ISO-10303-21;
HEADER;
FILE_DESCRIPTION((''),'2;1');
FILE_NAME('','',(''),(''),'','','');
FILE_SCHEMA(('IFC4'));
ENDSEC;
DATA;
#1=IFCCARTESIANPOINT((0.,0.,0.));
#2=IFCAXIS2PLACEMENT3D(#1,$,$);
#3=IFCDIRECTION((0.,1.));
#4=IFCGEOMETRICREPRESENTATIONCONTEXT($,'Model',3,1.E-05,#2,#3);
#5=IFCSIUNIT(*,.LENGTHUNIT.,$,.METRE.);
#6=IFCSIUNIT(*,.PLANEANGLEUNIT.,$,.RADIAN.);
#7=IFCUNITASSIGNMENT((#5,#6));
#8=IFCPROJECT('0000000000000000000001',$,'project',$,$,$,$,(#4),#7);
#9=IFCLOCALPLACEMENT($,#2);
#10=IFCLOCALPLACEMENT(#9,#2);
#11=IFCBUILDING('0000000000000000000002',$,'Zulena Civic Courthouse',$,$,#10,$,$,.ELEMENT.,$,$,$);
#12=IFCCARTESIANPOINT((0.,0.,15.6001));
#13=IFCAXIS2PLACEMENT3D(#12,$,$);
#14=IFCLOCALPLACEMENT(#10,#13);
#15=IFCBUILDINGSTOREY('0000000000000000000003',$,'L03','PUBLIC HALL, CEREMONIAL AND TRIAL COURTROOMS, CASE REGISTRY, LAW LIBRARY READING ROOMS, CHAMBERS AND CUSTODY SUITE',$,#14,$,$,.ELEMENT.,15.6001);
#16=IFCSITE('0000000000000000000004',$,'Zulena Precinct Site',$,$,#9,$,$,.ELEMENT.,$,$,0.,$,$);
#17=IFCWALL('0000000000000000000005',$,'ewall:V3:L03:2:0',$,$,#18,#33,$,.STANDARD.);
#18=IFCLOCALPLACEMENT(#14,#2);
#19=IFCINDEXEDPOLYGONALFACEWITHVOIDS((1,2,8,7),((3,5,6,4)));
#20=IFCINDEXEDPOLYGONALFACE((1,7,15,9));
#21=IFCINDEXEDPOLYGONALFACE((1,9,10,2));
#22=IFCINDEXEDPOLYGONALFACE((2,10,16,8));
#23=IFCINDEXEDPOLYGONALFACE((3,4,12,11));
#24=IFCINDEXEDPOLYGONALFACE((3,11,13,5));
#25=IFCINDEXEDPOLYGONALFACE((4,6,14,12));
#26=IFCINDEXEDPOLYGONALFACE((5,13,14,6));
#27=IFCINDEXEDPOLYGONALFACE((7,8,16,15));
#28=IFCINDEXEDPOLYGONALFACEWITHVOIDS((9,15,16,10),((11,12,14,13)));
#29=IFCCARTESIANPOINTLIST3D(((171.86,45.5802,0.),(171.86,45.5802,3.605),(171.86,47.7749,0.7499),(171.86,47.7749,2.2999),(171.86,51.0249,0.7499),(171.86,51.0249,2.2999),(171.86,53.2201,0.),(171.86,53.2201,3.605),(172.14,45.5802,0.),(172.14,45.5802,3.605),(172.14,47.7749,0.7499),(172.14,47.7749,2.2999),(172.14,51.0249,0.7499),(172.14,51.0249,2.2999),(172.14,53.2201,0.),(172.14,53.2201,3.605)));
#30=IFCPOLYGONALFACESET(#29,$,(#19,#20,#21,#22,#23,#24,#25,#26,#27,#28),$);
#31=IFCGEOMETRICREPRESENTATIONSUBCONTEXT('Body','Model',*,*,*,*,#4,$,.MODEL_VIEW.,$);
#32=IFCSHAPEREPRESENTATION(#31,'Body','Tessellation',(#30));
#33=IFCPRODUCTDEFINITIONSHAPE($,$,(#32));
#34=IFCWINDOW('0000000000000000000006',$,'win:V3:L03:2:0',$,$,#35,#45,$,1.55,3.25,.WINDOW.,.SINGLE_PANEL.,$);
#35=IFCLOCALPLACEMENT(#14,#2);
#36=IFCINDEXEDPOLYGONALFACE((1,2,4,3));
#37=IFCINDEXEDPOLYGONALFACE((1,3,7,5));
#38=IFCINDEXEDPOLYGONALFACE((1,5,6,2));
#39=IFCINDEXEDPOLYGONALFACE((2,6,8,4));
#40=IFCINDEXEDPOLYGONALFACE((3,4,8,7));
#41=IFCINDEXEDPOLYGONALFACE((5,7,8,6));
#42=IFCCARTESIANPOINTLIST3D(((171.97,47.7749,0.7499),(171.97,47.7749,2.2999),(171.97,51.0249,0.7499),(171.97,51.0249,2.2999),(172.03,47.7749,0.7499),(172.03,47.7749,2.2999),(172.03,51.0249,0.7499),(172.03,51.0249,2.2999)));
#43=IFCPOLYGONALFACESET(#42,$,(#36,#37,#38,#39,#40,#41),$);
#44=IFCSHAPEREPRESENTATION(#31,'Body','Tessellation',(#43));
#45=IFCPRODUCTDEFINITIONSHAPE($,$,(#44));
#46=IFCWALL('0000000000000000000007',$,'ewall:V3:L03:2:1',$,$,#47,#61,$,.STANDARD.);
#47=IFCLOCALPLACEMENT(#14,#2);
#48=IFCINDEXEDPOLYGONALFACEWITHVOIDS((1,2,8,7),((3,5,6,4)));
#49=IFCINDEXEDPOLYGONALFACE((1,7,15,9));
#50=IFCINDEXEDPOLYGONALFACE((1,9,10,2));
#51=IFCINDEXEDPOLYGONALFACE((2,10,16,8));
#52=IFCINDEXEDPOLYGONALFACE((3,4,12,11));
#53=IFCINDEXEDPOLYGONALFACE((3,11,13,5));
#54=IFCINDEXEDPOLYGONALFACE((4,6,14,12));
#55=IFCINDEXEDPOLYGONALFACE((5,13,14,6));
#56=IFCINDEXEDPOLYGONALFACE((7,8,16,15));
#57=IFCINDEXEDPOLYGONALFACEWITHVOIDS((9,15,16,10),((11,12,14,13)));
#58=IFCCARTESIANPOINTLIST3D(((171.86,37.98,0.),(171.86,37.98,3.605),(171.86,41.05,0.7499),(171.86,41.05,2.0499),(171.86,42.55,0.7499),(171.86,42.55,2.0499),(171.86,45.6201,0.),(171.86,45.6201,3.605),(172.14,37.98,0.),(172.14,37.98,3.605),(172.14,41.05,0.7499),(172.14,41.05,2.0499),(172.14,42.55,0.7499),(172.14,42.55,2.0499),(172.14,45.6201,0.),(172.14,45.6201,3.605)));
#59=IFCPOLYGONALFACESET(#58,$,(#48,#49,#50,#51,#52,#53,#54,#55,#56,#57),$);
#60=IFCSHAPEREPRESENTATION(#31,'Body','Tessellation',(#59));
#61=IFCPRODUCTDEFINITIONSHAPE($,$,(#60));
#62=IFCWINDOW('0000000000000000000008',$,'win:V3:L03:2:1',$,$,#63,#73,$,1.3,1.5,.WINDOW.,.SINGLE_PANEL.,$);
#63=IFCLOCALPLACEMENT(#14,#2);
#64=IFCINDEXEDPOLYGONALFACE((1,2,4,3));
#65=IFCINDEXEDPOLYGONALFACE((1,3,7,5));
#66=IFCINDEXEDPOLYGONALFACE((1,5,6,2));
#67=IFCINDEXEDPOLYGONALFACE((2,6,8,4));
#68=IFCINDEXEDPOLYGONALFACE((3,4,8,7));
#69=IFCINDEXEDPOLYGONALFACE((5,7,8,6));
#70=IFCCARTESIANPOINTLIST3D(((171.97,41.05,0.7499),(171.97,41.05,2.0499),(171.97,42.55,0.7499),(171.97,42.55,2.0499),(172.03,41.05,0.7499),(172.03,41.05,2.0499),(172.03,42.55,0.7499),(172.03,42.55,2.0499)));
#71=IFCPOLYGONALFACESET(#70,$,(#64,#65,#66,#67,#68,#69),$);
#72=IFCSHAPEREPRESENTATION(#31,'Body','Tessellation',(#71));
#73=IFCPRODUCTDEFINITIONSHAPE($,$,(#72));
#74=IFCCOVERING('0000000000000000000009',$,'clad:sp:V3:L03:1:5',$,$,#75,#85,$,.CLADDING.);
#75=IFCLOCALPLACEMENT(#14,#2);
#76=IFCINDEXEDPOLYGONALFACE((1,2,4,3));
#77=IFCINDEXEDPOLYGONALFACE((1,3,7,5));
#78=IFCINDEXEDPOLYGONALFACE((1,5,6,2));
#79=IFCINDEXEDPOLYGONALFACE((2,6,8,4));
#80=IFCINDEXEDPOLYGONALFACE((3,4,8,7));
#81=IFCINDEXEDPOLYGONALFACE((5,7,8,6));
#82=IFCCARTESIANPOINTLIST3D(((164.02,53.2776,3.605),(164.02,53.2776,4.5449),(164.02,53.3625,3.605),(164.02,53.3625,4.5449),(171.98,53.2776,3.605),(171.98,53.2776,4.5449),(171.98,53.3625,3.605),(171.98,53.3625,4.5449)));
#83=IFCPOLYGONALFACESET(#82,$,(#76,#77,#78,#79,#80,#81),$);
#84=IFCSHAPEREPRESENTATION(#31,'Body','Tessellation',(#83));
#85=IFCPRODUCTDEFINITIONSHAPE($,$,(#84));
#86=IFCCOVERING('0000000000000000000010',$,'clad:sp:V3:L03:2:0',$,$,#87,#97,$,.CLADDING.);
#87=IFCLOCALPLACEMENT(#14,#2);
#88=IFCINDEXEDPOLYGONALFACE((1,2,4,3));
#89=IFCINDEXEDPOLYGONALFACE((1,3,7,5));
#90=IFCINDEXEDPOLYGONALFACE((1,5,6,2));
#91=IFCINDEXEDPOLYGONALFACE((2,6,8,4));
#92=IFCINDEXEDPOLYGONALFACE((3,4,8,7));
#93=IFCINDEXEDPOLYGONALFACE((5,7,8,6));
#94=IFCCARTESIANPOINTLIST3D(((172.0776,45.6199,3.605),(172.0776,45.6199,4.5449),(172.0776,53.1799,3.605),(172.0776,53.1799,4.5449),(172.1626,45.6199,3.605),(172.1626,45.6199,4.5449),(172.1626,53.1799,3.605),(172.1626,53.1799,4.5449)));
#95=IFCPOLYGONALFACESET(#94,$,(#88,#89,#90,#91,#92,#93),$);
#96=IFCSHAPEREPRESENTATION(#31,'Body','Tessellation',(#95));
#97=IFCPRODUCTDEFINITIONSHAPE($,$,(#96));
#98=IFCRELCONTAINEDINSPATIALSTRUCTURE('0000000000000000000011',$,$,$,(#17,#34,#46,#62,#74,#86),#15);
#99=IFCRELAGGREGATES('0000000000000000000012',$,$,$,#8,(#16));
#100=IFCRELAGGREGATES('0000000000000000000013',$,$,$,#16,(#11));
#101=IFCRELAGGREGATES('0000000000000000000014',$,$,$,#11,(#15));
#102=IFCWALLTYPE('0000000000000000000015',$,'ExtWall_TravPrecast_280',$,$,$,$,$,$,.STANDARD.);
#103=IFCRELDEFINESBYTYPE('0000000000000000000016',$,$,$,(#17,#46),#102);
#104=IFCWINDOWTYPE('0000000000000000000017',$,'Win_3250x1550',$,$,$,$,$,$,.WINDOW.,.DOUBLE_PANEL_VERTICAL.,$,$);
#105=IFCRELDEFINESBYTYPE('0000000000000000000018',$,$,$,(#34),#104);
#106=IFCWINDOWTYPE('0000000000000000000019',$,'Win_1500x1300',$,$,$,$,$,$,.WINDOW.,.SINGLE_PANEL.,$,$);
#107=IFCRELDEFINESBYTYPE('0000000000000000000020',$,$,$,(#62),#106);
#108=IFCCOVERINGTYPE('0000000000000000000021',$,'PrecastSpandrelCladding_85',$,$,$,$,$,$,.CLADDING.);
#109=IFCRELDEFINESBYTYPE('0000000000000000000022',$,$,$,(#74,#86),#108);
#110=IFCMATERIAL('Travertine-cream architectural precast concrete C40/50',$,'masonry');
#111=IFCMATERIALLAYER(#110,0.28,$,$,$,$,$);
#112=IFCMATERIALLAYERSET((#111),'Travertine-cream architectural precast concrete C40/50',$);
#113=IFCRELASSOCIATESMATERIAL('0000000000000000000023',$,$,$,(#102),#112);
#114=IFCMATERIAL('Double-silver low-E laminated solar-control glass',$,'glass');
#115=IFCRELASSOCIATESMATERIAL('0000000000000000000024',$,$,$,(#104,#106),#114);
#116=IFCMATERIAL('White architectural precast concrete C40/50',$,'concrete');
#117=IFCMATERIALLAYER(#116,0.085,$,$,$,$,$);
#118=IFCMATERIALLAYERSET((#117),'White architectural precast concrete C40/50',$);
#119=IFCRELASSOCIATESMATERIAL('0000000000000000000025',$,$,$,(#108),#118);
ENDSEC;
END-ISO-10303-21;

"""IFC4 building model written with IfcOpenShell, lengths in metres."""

from ifc_helpers import new_model, si_unit, direction, frame, frame_2d, origin, origin_2d, place, context, subcontext, project, spatial, rectangle, extrude, material, layer, layer_set, type_object, element, fill, save


model = new_model("IFC4")

# Units and contexts
model_context = context("Model", 3, precision=1e-05, world=origin(), true_north=direction((0.0, 1.0)))
body_context = subcontext(model_context, "Body", "Model", "MODEL_VIEW")
ifc_project = project(units=[si_unit("LENGTHUNIT", "METRE"), si_unit("PLANEANGLEUNIT", "RADIAN")], contexts=[model_context])

# Site, building, storey
site_placement = place(None, origin())
site = spatial("IfcSite", under=ifc_project, at=site_placement, Name="Zulena Precinct Site", CompositionType="ELEMENT", RefElevation=0.0)
building_placement = place(site_placement, origin())
building = spatial("IfcBuilding", under=site, at=building_placement, Name="Zulena Civic Courthouse", CompositionType="ELEMENT")
storey_placement = place(building_placement, frame((0.0, 0.0, 15.6001)))
storey = spatial("IfcBuildingStorey", under=building, at=storey_placement, Name="L03", Description="PUBLIC HALL, CEREMONIAL AND TRIAL COURTROOMS, CASE REGISTRY, LAW LIBRARY READING ROOMS, CHAMBERS AND CUSTODY SUITE", CompositionType="ELEMENT", Elevation=15.6001)

# Walls, openings, windows
ifc_material_1 = material(Name="Travertine-cream architectural precast concrete C40/50", Category="masonry")
ifc_layer_1 = layer(ifc_material_1, 0.28)
ifc_layer_set_1 = layer_set([ifc_layer_1], Name="Travertine-cream architectural precast concrete C40/50")
wall_type_1 = type_object("IfcWallType", Name="ExtWall_TravPrecast_280", PredefinedType="STANDARD", material=ifc_layer_set_1)
ifc_material_2 = material(Name="Double-silver low-E laminated solar-control glass", Category="glass")
wall_1_placement = place(storey_placement, frame((172.0, 53.22, 0.0), z_axis=(0.0, 0.0, 1.0), x_axis=(0.0, -1.0, 0.0)))
wall_1 = element("IfcWall", 1, at=wall_1_placement, inside=storey, type_object=wall_type_1, Name="ewall:V3:L03:2:0", PredefinedType="STANDARD", context=body_context, shape_type="SweptSolid", body=[
    extrude(rectangle(XDim=7.6399, YDim=0.28, at=frame_2d((3.8198, 0.0))), origin(), (0.0, 0.0, 1.0), 3.605),
])
opening_1_placement = place(wall_1_placement, frame((2.1951, 0.0, 0.75)))
opening_1 = element("IfcOpeningElement", 2, at=opening_1_placement, cuts=wall_1, PredefinedType="OPENING", context=body_context, shape_type="SweptSolid", body=[
    extrude(rectangle(XDim=3.25, YDim=1.55, at=frame_2d((1.625, 0.7749))), frame((0.0, 0.1499, 0.0), z_axis=(0.0, -1.0, 0.0), x_axis=(1.0, 0.0, 0.0)), (0.0, 0.0, 1.0), 0.3),
])
window_type_1 = type_object("IfcWindowType", Name="Win_3250x1550", PartitioningType="DOUBLE_PANEL_VERTICAL", PredefinedType="WINDOW", material=ifc_material_2)
window_1_placement = place(opening_1_placement, origin())
window_1 = element("IfcWindow", 3, at=window_1_placement, inside=storey, type_object=window_type_1, Name="win:V3:L03:2:0", OverallHeight=1.55, OverallWidth=3.25, PartitioningType="SINGLE_PANEL", PredefinedType="WINDOW", context=body_context, shape_type="SweptSolid", body=[
    extrude(rectangle(XDim=3.25, YDim=1.55, at=frame_2d((1.625, 0.7749))), frame((0.0, 0.03, 0.0), z_axis=(0.0, -1.0, 0.0), x_axis=(1.0, 0.0, 0.0)), (0.0, 0.0, 1.0), 0.0601),
])
fill(opening_1, window_1)
wall_2_placement = place(storey_placement, frame((172.0, 45.6201, 0.0), z_axis=(0.0, 0.0, 1.0), x_axis=(0.0, -1.0, 0.0)))
wall_2 = element("IfcWall", 4, at=wall_2_placement, inside=storey, type_object=wall_type_1, Name="ewall:V3:L03:2:1", PredefinedType="STANDARD", context=body_context, shape_type="SweptSolid", body=[
    extrude(rectangle(XDim=7.6401, YDim=0.28, at=frame_2d((3.8201, 0.0))), origin(), (0.0, 0.0, 1.0), 3.605),
])
opening_2_placement = place(wall_2_placement, frame((3.0701, 0.0, 0.75)))
opening_2 = element("IfcOpeningElement", 5, at=opening_2_placement, cuts=wall_2, PredefinedType="OPENING", context=body_context, shape_type="SweptSolid", body=[
    extrude(rectangle(XDim=1.5, YDim=1.3, at=frame_2d((0.75, 0.6499))), frame((0.0, 0.1499, 0.0), z_axis=(0.0, -1.0, 0.0), x_axis=(1.0, 0.0, 0.0)), (0.0, 0.0, 1.0), 0.3),
])
window_type_2 = type_object("IfcWindowType", Name="Win_1500x1300", PartitioningType="SINGLE_PANEL", PredefinedType="WINDOW", material=ifc_material_2)
window_2_placement = place(opening_2_placement, origin())
window_2 = element("IfcWindow", 6, at=window_2_placement, inside=storey, type_object=window_type_2, Name="win:V3:L03:2:1", OverallHeight=1.3, OverallWidth=1.5, PartitioningType="SINGLE_PANEL", PredefinedType="WINDOW", context=body_context, shape_type="SweptSolid", body=[
    extrude(rectangle(XDim=1.5, YDim=1.3, at=frame_2d((0.75, 0.6499))), frame((0.0, 0.03, 0.0), z_axis=(0.0, -1.0, 0.0), x_axis=(1.0, 0.0, 0.0)), (0.0, 0.0, 1.0), 0.0601),
])
fill(opening_2, window_2)

# Coverings
ifc_material_3 = material(Name="White architectural precast concrete C40/50", Category="concrete")
ifc_layer_2 = layer(ifc_material_3, 0.085)
ifc_layer_set_2 = layer_set([ifc_layer_2], Name="White architectural precast concrete C40/50")
covering_type = type_object("IfcCoveringType", Name="PrecastSpandrelCladding_85", PredefinedType="CLADDING", material=ifc_layer_set_2)
covering_1_placement = place(storey_placement, frame((168.0, 53.3201, 3.605), z_axis=(0.0, 0.0, 1.0), x_axis=(1.0, 0.0, 0.0)))
element("IfcCovering", 7, at=covering_1_placement, inside=storey, type_object=covering_type, Name="clad:sp:V3:L03:1:5", PredefinedType="CLADDING", context=body_context, shape_type="SweptSolid", body=[
    extrude(rectangle(XDim=7.96, YDim=0.085, at=origin_2d()), origin(), (0.0, 0.0, 1.0), 0.9399),
])
covering_2_placement = place(storey_placement, frame((172.1201, 49.3999, 3.605), z_axis=(0.0, 0.0, 1.0), x_axis=(0.0, -1.0, 0.0)))
element("IfcCovering", 8, at=covering_2_placement, inside=storey, type_object=covering_type, Name="clad:sp:V3:L03:2:0", PredefinedType="CLADDING", context=body_context, shape_type="SweptSolid", body=[
    extrude(rectangle(XDim=7.5601, YDim=0.085, at=origin_2d()), origin(), (0.0, 0.0, 1.0), 0.9399),
])

save(model, "model.ifc")
